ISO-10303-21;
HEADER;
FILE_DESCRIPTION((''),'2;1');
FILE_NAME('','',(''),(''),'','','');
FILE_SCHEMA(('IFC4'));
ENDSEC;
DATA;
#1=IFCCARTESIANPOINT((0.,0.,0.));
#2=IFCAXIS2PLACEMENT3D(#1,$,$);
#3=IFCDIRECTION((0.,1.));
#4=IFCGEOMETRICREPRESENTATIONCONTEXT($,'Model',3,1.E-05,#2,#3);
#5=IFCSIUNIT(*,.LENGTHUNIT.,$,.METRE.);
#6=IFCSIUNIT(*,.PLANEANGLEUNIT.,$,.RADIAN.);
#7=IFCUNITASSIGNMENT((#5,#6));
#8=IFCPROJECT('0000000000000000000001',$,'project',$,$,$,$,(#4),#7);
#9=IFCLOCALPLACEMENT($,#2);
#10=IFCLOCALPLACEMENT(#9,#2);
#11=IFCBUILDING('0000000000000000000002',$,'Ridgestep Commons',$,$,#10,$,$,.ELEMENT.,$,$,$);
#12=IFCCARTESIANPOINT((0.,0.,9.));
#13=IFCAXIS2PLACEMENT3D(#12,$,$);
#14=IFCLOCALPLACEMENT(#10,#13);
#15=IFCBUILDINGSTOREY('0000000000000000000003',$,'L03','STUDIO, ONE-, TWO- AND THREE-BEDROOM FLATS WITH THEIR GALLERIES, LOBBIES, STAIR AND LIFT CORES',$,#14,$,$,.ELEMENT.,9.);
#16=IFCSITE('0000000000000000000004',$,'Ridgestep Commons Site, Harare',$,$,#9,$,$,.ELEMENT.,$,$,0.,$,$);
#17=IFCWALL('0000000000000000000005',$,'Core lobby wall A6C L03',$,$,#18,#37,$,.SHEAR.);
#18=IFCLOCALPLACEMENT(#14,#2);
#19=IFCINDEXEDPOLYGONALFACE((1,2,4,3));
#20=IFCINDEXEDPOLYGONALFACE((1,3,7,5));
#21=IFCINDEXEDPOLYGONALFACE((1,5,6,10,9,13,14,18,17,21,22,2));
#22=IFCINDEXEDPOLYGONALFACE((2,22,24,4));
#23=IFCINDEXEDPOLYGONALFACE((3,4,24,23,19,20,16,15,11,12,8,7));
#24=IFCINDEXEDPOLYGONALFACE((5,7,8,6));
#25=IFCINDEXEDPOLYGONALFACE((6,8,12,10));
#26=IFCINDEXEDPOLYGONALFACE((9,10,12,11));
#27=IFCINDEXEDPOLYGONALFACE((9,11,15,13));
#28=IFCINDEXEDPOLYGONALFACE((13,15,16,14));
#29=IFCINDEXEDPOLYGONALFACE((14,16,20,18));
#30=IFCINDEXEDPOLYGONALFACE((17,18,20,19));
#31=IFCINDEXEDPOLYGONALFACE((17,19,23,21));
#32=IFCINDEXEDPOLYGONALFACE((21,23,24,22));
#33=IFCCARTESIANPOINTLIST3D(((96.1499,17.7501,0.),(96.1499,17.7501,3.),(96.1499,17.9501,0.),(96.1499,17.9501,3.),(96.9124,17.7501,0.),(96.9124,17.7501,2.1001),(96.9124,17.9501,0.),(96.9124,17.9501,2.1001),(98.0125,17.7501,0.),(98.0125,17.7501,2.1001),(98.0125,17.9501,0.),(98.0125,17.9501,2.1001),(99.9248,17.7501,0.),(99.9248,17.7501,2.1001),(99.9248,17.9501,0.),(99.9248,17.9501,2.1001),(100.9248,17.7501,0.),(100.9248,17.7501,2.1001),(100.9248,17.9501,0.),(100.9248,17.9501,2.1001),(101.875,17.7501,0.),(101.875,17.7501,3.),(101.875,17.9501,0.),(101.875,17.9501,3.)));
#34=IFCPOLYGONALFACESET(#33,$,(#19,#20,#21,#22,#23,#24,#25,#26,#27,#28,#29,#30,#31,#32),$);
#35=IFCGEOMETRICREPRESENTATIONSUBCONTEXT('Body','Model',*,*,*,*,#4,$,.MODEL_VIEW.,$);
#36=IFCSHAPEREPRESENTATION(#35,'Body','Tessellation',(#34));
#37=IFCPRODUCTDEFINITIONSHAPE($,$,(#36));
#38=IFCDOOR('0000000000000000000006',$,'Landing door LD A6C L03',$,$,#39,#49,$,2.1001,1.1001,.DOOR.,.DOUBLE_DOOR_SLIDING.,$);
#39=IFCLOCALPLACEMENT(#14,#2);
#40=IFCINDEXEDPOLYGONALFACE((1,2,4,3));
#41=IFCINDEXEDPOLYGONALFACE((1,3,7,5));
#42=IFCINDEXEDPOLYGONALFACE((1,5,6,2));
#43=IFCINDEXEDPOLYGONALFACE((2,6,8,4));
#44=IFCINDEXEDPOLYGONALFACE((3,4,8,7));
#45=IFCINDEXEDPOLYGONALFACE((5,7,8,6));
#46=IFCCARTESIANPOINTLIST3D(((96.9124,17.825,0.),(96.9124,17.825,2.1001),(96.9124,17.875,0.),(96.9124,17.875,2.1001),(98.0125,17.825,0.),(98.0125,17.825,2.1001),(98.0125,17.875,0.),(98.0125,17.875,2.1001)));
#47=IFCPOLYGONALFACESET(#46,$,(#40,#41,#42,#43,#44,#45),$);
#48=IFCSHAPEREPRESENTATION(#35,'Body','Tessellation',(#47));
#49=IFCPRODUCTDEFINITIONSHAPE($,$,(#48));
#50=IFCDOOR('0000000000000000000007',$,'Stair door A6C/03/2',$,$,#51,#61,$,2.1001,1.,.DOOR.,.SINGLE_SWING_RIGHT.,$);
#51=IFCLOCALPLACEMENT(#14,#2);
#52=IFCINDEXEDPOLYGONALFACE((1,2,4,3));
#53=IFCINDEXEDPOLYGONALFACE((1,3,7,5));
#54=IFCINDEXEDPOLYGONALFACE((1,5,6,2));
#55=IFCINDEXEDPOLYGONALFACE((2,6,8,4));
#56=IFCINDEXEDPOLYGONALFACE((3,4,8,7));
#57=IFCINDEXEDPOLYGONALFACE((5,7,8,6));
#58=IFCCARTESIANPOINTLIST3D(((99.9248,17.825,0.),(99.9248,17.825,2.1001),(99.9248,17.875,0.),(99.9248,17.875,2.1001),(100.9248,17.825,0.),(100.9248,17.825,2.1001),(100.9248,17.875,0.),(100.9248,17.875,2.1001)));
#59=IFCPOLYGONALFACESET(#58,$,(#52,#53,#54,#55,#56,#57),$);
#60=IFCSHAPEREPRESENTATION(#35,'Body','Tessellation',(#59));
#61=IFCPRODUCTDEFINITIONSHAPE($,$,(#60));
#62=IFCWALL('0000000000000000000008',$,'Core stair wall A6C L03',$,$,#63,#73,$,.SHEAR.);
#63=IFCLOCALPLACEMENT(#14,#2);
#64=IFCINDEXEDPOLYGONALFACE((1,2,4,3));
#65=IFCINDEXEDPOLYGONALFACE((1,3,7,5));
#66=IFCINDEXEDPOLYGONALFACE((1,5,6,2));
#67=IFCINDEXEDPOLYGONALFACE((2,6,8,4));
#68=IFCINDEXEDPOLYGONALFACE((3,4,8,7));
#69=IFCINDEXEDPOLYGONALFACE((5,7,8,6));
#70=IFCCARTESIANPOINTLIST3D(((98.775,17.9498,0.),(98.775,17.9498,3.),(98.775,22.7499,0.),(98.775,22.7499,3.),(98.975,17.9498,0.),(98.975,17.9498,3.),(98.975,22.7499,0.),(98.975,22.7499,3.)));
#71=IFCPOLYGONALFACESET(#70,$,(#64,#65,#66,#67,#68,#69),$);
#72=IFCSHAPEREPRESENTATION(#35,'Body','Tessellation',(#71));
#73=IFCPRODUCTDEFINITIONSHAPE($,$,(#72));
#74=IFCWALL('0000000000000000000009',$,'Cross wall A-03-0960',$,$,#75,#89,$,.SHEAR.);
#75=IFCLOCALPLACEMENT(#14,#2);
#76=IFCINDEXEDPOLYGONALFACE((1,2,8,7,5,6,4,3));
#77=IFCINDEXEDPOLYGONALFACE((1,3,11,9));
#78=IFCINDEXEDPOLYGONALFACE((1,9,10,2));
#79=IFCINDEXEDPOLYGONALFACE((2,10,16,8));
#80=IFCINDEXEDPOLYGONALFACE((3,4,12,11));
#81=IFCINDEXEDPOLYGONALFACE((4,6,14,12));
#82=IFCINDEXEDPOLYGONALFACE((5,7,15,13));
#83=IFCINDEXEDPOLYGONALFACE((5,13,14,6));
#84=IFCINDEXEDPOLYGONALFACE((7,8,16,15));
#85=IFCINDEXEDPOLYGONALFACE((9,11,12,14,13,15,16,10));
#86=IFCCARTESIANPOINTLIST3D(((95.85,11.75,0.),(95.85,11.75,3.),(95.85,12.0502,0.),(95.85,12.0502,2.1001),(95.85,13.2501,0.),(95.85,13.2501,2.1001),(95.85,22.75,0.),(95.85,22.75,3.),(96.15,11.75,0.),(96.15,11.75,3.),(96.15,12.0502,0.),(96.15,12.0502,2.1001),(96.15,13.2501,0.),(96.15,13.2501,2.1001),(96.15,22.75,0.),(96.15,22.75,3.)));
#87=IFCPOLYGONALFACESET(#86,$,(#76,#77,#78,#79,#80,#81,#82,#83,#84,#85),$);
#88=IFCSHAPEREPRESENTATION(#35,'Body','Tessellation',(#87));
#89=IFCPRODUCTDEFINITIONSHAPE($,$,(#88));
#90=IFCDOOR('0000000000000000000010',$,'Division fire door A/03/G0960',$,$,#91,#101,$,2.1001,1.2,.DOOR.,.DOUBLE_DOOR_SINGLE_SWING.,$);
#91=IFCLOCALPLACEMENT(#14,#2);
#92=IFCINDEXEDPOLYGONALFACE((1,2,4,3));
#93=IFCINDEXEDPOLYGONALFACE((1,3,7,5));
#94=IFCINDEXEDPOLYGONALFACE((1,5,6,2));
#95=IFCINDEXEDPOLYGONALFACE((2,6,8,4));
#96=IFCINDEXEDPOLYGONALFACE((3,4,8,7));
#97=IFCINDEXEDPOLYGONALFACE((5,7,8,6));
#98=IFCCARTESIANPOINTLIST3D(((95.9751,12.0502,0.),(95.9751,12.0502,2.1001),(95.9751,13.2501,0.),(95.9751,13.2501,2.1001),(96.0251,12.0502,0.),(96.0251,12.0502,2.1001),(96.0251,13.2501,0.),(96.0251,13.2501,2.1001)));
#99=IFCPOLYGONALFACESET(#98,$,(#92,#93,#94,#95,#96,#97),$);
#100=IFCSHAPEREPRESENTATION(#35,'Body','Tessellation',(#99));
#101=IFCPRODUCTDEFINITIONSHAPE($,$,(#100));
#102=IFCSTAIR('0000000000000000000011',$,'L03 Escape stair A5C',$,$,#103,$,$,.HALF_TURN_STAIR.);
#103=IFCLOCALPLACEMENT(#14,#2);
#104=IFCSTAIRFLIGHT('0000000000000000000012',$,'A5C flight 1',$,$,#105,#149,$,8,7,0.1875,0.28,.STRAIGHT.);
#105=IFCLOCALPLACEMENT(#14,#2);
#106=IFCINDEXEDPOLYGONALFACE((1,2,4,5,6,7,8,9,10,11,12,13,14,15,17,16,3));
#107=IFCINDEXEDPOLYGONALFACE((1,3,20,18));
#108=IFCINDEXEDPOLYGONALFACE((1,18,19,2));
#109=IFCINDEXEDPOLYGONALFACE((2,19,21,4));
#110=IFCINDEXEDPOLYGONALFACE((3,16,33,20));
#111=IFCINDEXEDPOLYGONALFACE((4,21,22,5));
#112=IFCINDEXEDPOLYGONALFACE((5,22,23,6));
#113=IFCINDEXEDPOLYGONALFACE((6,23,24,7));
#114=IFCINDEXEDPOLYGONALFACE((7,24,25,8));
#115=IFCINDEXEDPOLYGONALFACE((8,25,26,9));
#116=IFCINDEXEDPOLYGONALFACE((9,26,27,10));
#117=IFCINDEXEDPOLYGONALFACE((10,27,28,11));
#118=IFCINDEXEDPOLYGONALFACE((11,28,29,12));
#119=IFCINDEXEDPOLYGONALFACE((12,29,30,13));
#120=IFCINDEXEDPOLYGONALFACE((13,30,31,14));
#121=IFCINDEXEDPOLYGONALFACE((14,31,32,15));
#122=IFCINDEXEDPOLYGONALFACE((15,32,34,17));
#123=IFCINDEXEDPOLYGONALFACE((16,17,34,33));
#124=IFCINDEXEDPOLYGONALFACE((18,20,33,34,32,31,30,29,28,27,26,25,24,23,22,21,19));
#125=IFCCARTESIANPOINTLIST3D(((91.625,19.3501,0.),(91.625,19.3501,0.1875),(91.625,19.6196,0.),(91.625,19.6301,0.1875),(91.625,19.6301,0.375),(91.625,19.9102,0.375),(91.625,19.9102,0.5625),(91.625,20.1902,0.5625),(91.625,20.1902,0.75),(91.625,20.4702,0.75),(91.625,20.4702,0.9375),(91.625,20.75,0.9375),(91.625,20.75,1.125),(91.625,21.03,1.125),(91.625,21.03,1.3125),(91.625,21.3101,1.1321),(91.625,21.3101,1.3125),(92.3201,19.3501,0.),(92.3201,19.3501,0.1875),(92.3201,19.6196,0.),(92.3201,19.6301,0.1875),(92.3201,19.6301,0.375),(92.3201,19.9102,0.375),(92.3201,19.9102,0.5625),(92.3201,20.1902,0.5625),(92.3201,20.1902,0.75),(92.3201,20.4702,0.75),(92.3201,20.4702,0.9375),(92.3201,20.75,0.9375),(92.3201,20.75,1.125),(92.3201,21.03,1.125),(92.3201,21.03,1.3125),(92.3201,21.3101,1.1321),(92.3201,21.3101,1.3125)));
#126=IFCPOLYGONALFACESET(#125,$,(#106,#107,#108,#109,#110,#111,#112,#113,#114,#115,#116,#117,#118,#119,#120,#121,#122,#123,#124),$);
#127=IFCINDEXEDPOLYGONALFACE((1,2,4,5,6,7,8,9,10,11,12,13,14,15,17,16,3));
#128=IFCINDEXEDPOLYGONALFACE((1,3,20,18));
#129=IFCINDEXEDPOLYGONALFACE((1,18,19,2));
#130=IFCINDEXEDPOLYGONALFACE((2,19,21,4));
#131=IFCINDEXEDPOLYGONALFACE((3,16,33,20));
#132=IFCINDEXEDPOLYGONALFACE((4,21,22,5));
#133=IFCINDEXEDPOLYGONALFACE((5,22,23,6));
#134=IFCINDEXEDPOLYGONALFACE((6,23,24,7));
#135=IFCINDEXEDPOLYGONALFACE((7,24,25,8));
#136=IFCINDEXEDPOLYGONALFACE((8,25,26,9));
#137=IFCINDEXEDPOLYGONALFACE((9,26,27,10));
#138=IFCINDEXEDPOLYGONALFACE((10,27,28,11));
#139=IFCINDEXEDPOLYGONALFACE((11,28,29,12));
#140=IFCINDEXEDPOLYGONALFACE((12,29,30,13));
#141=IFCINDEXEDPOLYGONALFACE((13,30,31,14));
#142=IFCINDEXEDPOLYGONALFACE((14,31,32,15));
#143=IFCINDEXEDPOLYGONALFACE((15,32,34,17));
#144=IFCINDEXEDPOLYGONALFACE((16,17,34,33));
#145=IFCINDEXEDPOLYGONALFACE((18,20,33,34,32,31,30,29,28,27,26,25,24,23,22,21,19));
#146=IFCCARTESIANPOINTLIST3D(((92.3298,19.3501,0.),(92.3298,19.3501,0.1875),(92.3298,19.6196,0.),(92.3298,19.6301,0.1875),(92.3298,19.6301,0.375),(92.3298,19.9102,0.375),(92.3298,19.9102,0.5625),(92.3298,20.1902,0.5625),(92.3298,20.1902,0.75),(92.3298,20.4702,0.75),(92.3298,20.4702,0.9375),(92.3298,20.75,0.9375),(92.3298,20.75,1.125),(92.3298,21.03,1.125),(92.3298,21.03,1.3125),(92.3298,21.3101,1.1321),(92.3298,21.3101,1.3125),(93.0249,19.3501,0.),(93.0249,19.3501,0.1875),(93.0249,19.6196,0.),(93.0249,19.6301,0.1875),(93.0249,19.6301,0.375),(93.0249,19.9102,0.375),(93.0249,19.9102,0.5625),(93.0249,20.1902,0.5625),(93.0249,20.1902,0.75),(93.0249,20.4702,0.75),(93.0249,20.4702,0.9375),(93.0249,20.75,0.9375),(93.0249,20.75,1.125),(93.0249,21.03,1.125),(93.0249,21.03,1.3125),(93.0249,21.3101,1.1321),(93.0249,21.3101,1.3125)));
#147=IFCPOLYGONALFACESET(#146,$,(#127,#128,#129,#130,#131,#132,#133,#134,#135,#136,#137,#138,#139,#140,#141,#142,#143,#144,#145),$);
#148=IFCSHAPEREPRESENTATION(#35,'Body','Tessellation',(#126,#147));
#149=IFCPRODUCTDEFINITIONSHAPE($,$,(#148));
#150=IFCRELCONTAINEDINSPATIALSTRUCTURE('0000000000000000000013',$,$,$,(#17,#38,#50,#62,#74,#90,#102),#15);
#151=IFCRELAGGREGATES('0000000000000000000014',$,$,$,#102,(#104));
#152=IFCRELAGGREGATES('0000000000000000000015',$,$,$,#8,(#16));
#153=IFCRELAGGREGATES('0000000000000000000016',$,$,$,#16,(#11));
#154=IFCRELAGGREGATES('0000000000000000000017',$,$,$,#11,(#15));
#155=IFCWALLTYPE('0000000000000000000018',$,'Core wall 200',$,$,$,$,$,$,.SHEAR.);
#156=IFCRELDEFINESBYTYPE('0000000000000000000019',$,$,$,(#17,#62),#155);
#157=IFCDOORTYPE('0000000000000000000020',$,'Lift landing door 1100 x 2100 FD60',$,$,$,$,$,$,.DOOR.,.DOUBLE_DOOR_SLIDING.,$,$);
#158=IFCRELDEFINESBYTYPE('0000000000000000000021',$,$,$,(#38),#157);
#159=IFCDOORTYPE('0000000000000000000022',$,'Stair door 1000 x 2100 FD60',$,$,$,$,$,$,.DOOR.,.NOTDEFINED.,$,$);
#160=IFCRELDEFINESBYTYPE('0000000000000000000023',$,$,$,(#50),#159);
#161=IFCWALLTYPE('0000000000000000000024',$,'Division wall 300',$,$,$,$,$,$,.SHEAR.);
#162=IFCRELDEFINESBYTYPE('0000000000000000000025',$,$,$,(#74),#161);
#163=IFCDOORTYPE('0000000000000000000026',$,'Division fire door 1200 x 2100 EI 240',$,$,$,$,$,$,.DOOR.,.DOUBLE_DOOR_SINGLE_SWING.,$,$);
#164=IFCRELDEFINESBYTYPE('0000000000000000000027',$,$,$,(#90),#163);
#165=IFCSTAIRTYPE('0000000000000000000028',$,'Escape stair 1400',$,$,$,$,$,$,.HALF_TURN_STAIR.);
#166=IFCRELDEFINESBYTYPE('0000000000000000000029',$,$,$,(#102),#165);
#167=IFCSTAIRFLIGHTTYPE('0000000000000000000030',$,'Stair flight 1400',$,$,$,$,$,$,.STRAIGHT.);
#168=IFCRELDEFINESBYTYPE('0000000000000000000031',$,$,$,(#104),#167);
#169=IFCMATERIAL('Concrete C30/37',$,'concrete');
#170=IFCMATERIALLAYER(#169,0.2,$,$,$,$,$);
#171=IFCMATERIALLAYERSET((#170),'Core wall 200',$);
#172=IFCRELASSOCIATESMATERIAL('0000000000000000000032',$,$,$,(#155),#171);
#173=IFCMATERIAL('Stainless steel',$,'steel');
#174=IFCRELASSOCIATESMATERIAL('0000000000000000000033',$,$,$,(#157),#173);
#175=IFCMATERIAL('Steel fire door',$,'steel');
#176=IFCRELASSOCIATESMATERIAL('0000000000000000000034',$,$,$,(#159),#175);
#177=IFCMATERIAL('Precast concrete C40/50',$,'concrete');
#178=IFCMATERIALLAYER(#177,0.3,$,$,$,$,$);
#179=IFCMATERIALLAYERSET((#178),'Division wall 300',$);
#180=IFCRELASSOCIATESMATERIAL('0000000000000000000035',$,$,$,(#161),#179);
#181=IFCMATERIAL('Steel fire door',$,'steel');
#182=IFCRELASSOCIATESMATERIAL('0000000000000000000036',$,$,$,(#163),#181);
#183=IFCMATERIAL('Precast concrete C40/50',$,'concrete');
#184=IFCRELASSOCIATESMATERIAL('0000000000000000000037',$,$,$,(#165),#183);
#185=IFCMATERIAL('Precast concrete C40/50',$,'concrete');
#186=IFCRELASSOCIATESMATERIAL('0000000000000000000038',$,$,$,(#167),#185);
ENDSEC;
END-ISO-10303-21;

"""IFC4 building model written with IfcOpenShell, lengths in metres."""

from ifc_helpers import new_model, si_unit, direction, frame, frame_2d, origin, place, context, subcontext, project, spatial, polyline, rectangle, outline, extrude, material, layer, layer_set, type_object, element, fill, aggregate, save


model = new_model("IFC4")

# Units and contexts
model_context = context("Model", 3, precision=1e-05, world=origin(), true_north=direction((0.0, 1.0)))
body_context = subcontext(model_context, "Body", "Model", "MODEL_VIEW")
ifc_project = project(units=[si_unit("LENGTHUNIT", "METRE"), si_unit("PLANEANGLEUNIT", "RADIAN")], contexts=[model_context])

# Site, building, storey
site_placement = place(None, origin())
site = spatial("IfcSite", under=ifc_project, at=site_placement, Name="Ridgestep Commons Site, Harare", CompositionType="ELEMENT", RefElevation=0.0)
building_placement = place(site_placement, origin())
building = spatial("IfcBuilding", under=site, at=building_placement, Name="Ridgestep Commons", CompositionType="ELEMENT")
storey_placement = place(building_placement, frame((0.0, 0.0, 9.0)))
storey = spatial("IfcBuildingStorey", under=building, at=storey_placement, Name="L03", Description="STUDIO, ONE-, TWO- AND THREE-BEDROOM FLATS WITH THEIR GALLERIES, LOBBIES, STAIR AND LIFT CORES", CompositionType="ELEMENT", Elevation=9.0)

# Shared definitions
ifc_material_1 = material(Name="Concrete C30/37", Category="concrete")
ifc_layer_1 = layer(ifc_material_1, 0.2)
ifc_layer_set_1 = layer_set([ifc_layer_1], Name="Core wall 200")
wall_type_1 = type_object("IfcWallType", Name="Core wall 200", PredefinedType="SHEAR", material=ifc_layer_set_1)

# Wall, openings, doors
wall_1_placement = place(storey_placement, frame((96.1499, 17.8501, 0.0), z_axis=(0.0, 0.0, 1.0), x_axis=(1.0, 0.0, 0.0)))
wall_1 = element("IfcWall", 1, at=wall_1_placement, inside=storey, type_object=wall_type_1, Name="Core lobby wall A6C L03", PredefinedType="SHEAR", context=body_context, shape_type="SweptSolid", body=[
    extrude(rectangle(XDim=5.7251, YDim=0.2, at=frame_2d((2.8625, 0.0))), origin(), (0.0, 0.0, 1.0), 3.0),
])
opening_1_placement = place(wall_1_placement, frame((3.7749, 0.0, 0.0)))
opening_1 = element("IfcOpeningElement", 2, at=opening_1_placement, cuts=wall_1, PredefinedType="OPENING", context=body_context, shape_type="SweptSolid", body=[
    extrude(rectangle(XDim=1.0, YDim=2.1001, at=frame_2d((0.5, 1.05))), frame((0.0, 0.1099, 0.0), z_axis=(0.0, -1.0, 0.0), x_axis=(1.0, 0.0, 0.0)), (0.0, 0.0, 1.0), 0.22),
])
opening_2_placement = place(wall_1_placement, frame((0.7625, 0.0, 0.0)))
opening_2 = element("IfcOpeningElement", 3, at=opening_2_placement, cuts=wall_1, PredefinedType="OPENING", context=body_context, shape_type="SweptSolid", body=[
    extrude(rectangle(XDim=1.1001, YDim=2.1001, at=frame_2d((0.55, 1.05))), frame((0.0, 0.1099, 0.0), z_axis=(0.0, -1.0, 0.0), x_axis=(1.0, 0.0, 0.0)), (0.0, 0.0, 1.0), 0.22),
])
ifc_material_2 = material(Name="Stainless steel", Category="steel")
door_type_1 = type_object("IfcDoorType", Name="Lift landing door 1100 x 2100 FD60", OperationType="DOUBLE_DOOR_SLIDING", PredefinedType="DOOR", material=ifc_material_2)
door_1_placement = place(opening_2_placement, origin())
door_1 = element("IfcDoor", 4, at=door_1_placement, inside=storey, type_object=door_type_1, Name="Landing door LD A6C L03", OperationType="DOUBLE_DOOR_SLIDING", OverallHeight=2.1001, OverallWidth=1.1001, PredefinedType="DOOR", context=body_context, shape_type="SweptSolid", body=[
    extrude(rectangle(XDim=1.1001, YDim=2.1001, at=frame_2d((0.55, 1.05))), frame((0.0, 0.0249, 0.0), z_axis=(0.0, -1.0, 0.0), x_axis=(1.0, 0.0, 0.0)), (0.0, 0.0, 1.0), 0.05),
])
fill(opening_2, door_1)
ifc_material_3 = material(Name="Steel fire door", Category="steel")
door_type_2 = type_object("IfcDoorType", Name="Stair door 1000 x 2100 FD60", OperationType="NOTDEFINED", PredefinedType="DOOR", material=ifc_material_3)
door_2_placement = place(opening_1_placement, origin())
door_2 = element("IfcDoor", 5, at=door_2_placement, inside=storey, type_object=door_type_2, Name="Stair door A6C/03/2", OperationType="SINGLE_SWING_RIGHT", OverallHeight=2.1001, OverallWidth=1.0, PredefinedType="DOOR", context=body_context, shape_type="SweptSolid", body=[
    extrude(rectangle(XDim=1.0, YDim=2.1001, at=frame_2d((0.5, 1.05))), frame((0.0, 0.0249, 0.0), z_axis=(0.0, -1.0, 0.0), x_axis=(1.0, 0.0, 0.0)), (0.0, 0.0, 1.0), 0.05),
])
fill(opening_1, door_2)

# Wall
wall_2_placement = place(storey_placement, frame((98.875, 17.95, 0.0), z_axis=(0.0, 0.0, 1.0), x_axis=(0.0, 1.0, 0.0)))
element("IfcWall", 6, at=wall_2_placement, inside=storey, type_object=wall_type_1, Name="Core stair wall A6C L03", PredefinedType="SHEAR", context=body_context, shape_type="SweptSolid", body=[
    extrude(rectangle(XDim=4.8, YDim=0.2, at=frame_2d((2.3999, 0.0))), origin(), (0.0, 0.0, 1.0), 3.0),
])

# Wall, opening, door
ifc_material_4 = material(Name="Precast concrete C40/50", Category="concrete")
ifc_layer_2 = layer(ifc_material_4, 0.3)
ifc_layer_set_2 = layer_set([ifc_layer_2], Name="Division wall 300")
wall_type_2 = type_object("IfcWallType", Name="Division wall 300", PredefinedType="SHEAR", material=ifc_layer_set_2)
wall_3_placement = place(storey_placement, frame((96.0, 11.75, 0.0), z_axis=(0.0, 0.0, 1.0), x_axis=(0.0, 1.0, 0.0)))
wall_3 = element("IfcWall", 7, at=wall_3_placement, inside=storey, type_object=wall_type_2, Name="Cross wall A-03-0960", PredefinedType="SHEAR", context=body_context, shape_type="SweptSolid", body=[
    extrude(rectangle(XDim=11.0, YDim=0.3, at=frame_2d((5.5, 0.0))), origin(), (0.0, 0.0, 1.0), 3.0),
])
opening_3_placement = place(wall_3_placement, frame((0.3, 0.0, 0.0)))
opening_3 = element("IfcOpeningElement", 8, at=opening_3_placement, cuts=wall_3, PredefinedType="OPENING", context=body_context, shape_type="SweptSolid", body=[
    extrude(rectangle(XDim=1.2, YDim=2.1001, at=frame_2d((0.6001, 1.05))), frame((0.0, 0.1599, 0.0), z_axis=(0.0, -1.0, 0.0), x_axis=(1.0, 0.0, 0.0)), (0.0, 0.0, 1.0), 0.3201),
])
ifc_material_5 = material(Name="Steel fire door", Category="steel")
door_type_3 = type_object("IfcDoorType", Name="Division fire door 1200 x 2100 EI 240", OperationType="DOUBLE_DOOR_SINGLE_SWING", PredefinedType="DOOR", material=ifc_material_5)
door_3_placement = place(opening_3_placement, origin())
door_3 = element("IfcDoor", 9, at=door_3_placement, inside=storey, type_object=door_type_3, Name="Division fire door A/03/G0960", OperationType="DOUBLE_DOOR_SINGLE_SWING", OverallHeight=2.1001, OverallWidth=1.2, PredefinedType="DOOR", context=body_context, shape_type="SweptSolid", body=[
    extrude(rectangle(XDim=1.2, YDim=2.1001, at=frame_2d((0.6001, 1.05))), frame((0.0, 0.0249, 0.0), z_axis=(0.0, -1.0, 0.0), x_axis=(1.0, 0.0, 0.0)), (0.0, 0.0, 1.0), 0.05),
])
fill(opening_3, door_3)

# Stair, stair flight
ifc_material_6 = material(Name="Precast concrete C40/50", Category="concrete")
stair_type = type_object("IfcStairType", Name="Escape stair 1400", PredefinedType="HALF_TURN_STAIR", material=ifc_material_6)
stair_1_placement = place(storey_placement, origin())
stair_1 = element("IfcStair", 10, at=stair_1_placement, inside=storey, type_object=stair_type, Name="L03 Escape stair A5C", PredefinedType="HALF_TURN_STAIR")
ifc_material_7 = material(Name="Precast concrete C40/50", Category="concrete")
stair_flight_type = type_object("IfcStairFlightType", Name="Stair flight 1400", PredefinedType="STRAIGHT", material=ifc_material_7)
stair_flight_1_placement = place(storey_placement, frame((92.325, 19.3501, 0.0), z_axis=(0.0, 0.0, 1.0), x_axis=(0.0, 1.0, 0.0)))
stair_flight_1 = element("IfcStairFlight", 11, at=stair_flight_1_placement, type_object=stair_flight_type, Name="A5C flight 1", NumberOfRisers=8, NumberOfTreads=7, PredefinedType="STRAIGHT", RiserHeight=0.1875, TreadLength=0.28, context=body_context, shape_type="SweptSolid", body=[
    extrude(outline(polyline([(0.0, 0.0), (0.0, 0.1875), (0.28, 0.1875), (0.28, 0.375), (0.5601, 0.375), (0.5601, 0.5625), (0.8401, 0.5625), (0.8401, 0.75), (1.1201, 0.75), (1.1201, 0.9375), (1.3999, 0.9375), (1.3999, 1.125), (1.6799, 1.125), (1.6799, 1.3125), (1.96, 1.3125), (1.96, 1.5), (1.96, 1.1321), (0.2695, 0.0), (0.0, 0.0)])), frame((0.0, 0.7, 0.0), z_axis=(0.0, -1.0, 0.0), x_axis=(1.0, 0.0, 0.0)), (0.0, 0.0, 1.0), 0.6951),
    extrude(outline(polyline([(0.0, 0.0), (0.0, 0.1875), (0.28, 0.1875), (0.28, 0.375), (0.5601, 0.375), (0.5601, 0.5625), (0.8401, 0.5625), (0.8401, 0.75), (1.1201, 0.75), (1.1201, 0.9375), (1.3999, 0.9375), (1.3999, 1.125), (1.6799, 1.125), (1.6799, 1.3125), (1.96, 1.3125), (1.96, 1.5), (1.96, 1.1321), (0.2695, 0.0), (0.0, 0.0)])), frame((0.0, -0.0049, 0.0), z_axis=(0.0, -1.0, 0.0), x_axis=(1.0, 0.0, 0.0)), (0.0, 0.0, 1.0), 0.6951),
])
aggregate(stair_1, [stair_flight_1])

save(model, "model.ifc")
